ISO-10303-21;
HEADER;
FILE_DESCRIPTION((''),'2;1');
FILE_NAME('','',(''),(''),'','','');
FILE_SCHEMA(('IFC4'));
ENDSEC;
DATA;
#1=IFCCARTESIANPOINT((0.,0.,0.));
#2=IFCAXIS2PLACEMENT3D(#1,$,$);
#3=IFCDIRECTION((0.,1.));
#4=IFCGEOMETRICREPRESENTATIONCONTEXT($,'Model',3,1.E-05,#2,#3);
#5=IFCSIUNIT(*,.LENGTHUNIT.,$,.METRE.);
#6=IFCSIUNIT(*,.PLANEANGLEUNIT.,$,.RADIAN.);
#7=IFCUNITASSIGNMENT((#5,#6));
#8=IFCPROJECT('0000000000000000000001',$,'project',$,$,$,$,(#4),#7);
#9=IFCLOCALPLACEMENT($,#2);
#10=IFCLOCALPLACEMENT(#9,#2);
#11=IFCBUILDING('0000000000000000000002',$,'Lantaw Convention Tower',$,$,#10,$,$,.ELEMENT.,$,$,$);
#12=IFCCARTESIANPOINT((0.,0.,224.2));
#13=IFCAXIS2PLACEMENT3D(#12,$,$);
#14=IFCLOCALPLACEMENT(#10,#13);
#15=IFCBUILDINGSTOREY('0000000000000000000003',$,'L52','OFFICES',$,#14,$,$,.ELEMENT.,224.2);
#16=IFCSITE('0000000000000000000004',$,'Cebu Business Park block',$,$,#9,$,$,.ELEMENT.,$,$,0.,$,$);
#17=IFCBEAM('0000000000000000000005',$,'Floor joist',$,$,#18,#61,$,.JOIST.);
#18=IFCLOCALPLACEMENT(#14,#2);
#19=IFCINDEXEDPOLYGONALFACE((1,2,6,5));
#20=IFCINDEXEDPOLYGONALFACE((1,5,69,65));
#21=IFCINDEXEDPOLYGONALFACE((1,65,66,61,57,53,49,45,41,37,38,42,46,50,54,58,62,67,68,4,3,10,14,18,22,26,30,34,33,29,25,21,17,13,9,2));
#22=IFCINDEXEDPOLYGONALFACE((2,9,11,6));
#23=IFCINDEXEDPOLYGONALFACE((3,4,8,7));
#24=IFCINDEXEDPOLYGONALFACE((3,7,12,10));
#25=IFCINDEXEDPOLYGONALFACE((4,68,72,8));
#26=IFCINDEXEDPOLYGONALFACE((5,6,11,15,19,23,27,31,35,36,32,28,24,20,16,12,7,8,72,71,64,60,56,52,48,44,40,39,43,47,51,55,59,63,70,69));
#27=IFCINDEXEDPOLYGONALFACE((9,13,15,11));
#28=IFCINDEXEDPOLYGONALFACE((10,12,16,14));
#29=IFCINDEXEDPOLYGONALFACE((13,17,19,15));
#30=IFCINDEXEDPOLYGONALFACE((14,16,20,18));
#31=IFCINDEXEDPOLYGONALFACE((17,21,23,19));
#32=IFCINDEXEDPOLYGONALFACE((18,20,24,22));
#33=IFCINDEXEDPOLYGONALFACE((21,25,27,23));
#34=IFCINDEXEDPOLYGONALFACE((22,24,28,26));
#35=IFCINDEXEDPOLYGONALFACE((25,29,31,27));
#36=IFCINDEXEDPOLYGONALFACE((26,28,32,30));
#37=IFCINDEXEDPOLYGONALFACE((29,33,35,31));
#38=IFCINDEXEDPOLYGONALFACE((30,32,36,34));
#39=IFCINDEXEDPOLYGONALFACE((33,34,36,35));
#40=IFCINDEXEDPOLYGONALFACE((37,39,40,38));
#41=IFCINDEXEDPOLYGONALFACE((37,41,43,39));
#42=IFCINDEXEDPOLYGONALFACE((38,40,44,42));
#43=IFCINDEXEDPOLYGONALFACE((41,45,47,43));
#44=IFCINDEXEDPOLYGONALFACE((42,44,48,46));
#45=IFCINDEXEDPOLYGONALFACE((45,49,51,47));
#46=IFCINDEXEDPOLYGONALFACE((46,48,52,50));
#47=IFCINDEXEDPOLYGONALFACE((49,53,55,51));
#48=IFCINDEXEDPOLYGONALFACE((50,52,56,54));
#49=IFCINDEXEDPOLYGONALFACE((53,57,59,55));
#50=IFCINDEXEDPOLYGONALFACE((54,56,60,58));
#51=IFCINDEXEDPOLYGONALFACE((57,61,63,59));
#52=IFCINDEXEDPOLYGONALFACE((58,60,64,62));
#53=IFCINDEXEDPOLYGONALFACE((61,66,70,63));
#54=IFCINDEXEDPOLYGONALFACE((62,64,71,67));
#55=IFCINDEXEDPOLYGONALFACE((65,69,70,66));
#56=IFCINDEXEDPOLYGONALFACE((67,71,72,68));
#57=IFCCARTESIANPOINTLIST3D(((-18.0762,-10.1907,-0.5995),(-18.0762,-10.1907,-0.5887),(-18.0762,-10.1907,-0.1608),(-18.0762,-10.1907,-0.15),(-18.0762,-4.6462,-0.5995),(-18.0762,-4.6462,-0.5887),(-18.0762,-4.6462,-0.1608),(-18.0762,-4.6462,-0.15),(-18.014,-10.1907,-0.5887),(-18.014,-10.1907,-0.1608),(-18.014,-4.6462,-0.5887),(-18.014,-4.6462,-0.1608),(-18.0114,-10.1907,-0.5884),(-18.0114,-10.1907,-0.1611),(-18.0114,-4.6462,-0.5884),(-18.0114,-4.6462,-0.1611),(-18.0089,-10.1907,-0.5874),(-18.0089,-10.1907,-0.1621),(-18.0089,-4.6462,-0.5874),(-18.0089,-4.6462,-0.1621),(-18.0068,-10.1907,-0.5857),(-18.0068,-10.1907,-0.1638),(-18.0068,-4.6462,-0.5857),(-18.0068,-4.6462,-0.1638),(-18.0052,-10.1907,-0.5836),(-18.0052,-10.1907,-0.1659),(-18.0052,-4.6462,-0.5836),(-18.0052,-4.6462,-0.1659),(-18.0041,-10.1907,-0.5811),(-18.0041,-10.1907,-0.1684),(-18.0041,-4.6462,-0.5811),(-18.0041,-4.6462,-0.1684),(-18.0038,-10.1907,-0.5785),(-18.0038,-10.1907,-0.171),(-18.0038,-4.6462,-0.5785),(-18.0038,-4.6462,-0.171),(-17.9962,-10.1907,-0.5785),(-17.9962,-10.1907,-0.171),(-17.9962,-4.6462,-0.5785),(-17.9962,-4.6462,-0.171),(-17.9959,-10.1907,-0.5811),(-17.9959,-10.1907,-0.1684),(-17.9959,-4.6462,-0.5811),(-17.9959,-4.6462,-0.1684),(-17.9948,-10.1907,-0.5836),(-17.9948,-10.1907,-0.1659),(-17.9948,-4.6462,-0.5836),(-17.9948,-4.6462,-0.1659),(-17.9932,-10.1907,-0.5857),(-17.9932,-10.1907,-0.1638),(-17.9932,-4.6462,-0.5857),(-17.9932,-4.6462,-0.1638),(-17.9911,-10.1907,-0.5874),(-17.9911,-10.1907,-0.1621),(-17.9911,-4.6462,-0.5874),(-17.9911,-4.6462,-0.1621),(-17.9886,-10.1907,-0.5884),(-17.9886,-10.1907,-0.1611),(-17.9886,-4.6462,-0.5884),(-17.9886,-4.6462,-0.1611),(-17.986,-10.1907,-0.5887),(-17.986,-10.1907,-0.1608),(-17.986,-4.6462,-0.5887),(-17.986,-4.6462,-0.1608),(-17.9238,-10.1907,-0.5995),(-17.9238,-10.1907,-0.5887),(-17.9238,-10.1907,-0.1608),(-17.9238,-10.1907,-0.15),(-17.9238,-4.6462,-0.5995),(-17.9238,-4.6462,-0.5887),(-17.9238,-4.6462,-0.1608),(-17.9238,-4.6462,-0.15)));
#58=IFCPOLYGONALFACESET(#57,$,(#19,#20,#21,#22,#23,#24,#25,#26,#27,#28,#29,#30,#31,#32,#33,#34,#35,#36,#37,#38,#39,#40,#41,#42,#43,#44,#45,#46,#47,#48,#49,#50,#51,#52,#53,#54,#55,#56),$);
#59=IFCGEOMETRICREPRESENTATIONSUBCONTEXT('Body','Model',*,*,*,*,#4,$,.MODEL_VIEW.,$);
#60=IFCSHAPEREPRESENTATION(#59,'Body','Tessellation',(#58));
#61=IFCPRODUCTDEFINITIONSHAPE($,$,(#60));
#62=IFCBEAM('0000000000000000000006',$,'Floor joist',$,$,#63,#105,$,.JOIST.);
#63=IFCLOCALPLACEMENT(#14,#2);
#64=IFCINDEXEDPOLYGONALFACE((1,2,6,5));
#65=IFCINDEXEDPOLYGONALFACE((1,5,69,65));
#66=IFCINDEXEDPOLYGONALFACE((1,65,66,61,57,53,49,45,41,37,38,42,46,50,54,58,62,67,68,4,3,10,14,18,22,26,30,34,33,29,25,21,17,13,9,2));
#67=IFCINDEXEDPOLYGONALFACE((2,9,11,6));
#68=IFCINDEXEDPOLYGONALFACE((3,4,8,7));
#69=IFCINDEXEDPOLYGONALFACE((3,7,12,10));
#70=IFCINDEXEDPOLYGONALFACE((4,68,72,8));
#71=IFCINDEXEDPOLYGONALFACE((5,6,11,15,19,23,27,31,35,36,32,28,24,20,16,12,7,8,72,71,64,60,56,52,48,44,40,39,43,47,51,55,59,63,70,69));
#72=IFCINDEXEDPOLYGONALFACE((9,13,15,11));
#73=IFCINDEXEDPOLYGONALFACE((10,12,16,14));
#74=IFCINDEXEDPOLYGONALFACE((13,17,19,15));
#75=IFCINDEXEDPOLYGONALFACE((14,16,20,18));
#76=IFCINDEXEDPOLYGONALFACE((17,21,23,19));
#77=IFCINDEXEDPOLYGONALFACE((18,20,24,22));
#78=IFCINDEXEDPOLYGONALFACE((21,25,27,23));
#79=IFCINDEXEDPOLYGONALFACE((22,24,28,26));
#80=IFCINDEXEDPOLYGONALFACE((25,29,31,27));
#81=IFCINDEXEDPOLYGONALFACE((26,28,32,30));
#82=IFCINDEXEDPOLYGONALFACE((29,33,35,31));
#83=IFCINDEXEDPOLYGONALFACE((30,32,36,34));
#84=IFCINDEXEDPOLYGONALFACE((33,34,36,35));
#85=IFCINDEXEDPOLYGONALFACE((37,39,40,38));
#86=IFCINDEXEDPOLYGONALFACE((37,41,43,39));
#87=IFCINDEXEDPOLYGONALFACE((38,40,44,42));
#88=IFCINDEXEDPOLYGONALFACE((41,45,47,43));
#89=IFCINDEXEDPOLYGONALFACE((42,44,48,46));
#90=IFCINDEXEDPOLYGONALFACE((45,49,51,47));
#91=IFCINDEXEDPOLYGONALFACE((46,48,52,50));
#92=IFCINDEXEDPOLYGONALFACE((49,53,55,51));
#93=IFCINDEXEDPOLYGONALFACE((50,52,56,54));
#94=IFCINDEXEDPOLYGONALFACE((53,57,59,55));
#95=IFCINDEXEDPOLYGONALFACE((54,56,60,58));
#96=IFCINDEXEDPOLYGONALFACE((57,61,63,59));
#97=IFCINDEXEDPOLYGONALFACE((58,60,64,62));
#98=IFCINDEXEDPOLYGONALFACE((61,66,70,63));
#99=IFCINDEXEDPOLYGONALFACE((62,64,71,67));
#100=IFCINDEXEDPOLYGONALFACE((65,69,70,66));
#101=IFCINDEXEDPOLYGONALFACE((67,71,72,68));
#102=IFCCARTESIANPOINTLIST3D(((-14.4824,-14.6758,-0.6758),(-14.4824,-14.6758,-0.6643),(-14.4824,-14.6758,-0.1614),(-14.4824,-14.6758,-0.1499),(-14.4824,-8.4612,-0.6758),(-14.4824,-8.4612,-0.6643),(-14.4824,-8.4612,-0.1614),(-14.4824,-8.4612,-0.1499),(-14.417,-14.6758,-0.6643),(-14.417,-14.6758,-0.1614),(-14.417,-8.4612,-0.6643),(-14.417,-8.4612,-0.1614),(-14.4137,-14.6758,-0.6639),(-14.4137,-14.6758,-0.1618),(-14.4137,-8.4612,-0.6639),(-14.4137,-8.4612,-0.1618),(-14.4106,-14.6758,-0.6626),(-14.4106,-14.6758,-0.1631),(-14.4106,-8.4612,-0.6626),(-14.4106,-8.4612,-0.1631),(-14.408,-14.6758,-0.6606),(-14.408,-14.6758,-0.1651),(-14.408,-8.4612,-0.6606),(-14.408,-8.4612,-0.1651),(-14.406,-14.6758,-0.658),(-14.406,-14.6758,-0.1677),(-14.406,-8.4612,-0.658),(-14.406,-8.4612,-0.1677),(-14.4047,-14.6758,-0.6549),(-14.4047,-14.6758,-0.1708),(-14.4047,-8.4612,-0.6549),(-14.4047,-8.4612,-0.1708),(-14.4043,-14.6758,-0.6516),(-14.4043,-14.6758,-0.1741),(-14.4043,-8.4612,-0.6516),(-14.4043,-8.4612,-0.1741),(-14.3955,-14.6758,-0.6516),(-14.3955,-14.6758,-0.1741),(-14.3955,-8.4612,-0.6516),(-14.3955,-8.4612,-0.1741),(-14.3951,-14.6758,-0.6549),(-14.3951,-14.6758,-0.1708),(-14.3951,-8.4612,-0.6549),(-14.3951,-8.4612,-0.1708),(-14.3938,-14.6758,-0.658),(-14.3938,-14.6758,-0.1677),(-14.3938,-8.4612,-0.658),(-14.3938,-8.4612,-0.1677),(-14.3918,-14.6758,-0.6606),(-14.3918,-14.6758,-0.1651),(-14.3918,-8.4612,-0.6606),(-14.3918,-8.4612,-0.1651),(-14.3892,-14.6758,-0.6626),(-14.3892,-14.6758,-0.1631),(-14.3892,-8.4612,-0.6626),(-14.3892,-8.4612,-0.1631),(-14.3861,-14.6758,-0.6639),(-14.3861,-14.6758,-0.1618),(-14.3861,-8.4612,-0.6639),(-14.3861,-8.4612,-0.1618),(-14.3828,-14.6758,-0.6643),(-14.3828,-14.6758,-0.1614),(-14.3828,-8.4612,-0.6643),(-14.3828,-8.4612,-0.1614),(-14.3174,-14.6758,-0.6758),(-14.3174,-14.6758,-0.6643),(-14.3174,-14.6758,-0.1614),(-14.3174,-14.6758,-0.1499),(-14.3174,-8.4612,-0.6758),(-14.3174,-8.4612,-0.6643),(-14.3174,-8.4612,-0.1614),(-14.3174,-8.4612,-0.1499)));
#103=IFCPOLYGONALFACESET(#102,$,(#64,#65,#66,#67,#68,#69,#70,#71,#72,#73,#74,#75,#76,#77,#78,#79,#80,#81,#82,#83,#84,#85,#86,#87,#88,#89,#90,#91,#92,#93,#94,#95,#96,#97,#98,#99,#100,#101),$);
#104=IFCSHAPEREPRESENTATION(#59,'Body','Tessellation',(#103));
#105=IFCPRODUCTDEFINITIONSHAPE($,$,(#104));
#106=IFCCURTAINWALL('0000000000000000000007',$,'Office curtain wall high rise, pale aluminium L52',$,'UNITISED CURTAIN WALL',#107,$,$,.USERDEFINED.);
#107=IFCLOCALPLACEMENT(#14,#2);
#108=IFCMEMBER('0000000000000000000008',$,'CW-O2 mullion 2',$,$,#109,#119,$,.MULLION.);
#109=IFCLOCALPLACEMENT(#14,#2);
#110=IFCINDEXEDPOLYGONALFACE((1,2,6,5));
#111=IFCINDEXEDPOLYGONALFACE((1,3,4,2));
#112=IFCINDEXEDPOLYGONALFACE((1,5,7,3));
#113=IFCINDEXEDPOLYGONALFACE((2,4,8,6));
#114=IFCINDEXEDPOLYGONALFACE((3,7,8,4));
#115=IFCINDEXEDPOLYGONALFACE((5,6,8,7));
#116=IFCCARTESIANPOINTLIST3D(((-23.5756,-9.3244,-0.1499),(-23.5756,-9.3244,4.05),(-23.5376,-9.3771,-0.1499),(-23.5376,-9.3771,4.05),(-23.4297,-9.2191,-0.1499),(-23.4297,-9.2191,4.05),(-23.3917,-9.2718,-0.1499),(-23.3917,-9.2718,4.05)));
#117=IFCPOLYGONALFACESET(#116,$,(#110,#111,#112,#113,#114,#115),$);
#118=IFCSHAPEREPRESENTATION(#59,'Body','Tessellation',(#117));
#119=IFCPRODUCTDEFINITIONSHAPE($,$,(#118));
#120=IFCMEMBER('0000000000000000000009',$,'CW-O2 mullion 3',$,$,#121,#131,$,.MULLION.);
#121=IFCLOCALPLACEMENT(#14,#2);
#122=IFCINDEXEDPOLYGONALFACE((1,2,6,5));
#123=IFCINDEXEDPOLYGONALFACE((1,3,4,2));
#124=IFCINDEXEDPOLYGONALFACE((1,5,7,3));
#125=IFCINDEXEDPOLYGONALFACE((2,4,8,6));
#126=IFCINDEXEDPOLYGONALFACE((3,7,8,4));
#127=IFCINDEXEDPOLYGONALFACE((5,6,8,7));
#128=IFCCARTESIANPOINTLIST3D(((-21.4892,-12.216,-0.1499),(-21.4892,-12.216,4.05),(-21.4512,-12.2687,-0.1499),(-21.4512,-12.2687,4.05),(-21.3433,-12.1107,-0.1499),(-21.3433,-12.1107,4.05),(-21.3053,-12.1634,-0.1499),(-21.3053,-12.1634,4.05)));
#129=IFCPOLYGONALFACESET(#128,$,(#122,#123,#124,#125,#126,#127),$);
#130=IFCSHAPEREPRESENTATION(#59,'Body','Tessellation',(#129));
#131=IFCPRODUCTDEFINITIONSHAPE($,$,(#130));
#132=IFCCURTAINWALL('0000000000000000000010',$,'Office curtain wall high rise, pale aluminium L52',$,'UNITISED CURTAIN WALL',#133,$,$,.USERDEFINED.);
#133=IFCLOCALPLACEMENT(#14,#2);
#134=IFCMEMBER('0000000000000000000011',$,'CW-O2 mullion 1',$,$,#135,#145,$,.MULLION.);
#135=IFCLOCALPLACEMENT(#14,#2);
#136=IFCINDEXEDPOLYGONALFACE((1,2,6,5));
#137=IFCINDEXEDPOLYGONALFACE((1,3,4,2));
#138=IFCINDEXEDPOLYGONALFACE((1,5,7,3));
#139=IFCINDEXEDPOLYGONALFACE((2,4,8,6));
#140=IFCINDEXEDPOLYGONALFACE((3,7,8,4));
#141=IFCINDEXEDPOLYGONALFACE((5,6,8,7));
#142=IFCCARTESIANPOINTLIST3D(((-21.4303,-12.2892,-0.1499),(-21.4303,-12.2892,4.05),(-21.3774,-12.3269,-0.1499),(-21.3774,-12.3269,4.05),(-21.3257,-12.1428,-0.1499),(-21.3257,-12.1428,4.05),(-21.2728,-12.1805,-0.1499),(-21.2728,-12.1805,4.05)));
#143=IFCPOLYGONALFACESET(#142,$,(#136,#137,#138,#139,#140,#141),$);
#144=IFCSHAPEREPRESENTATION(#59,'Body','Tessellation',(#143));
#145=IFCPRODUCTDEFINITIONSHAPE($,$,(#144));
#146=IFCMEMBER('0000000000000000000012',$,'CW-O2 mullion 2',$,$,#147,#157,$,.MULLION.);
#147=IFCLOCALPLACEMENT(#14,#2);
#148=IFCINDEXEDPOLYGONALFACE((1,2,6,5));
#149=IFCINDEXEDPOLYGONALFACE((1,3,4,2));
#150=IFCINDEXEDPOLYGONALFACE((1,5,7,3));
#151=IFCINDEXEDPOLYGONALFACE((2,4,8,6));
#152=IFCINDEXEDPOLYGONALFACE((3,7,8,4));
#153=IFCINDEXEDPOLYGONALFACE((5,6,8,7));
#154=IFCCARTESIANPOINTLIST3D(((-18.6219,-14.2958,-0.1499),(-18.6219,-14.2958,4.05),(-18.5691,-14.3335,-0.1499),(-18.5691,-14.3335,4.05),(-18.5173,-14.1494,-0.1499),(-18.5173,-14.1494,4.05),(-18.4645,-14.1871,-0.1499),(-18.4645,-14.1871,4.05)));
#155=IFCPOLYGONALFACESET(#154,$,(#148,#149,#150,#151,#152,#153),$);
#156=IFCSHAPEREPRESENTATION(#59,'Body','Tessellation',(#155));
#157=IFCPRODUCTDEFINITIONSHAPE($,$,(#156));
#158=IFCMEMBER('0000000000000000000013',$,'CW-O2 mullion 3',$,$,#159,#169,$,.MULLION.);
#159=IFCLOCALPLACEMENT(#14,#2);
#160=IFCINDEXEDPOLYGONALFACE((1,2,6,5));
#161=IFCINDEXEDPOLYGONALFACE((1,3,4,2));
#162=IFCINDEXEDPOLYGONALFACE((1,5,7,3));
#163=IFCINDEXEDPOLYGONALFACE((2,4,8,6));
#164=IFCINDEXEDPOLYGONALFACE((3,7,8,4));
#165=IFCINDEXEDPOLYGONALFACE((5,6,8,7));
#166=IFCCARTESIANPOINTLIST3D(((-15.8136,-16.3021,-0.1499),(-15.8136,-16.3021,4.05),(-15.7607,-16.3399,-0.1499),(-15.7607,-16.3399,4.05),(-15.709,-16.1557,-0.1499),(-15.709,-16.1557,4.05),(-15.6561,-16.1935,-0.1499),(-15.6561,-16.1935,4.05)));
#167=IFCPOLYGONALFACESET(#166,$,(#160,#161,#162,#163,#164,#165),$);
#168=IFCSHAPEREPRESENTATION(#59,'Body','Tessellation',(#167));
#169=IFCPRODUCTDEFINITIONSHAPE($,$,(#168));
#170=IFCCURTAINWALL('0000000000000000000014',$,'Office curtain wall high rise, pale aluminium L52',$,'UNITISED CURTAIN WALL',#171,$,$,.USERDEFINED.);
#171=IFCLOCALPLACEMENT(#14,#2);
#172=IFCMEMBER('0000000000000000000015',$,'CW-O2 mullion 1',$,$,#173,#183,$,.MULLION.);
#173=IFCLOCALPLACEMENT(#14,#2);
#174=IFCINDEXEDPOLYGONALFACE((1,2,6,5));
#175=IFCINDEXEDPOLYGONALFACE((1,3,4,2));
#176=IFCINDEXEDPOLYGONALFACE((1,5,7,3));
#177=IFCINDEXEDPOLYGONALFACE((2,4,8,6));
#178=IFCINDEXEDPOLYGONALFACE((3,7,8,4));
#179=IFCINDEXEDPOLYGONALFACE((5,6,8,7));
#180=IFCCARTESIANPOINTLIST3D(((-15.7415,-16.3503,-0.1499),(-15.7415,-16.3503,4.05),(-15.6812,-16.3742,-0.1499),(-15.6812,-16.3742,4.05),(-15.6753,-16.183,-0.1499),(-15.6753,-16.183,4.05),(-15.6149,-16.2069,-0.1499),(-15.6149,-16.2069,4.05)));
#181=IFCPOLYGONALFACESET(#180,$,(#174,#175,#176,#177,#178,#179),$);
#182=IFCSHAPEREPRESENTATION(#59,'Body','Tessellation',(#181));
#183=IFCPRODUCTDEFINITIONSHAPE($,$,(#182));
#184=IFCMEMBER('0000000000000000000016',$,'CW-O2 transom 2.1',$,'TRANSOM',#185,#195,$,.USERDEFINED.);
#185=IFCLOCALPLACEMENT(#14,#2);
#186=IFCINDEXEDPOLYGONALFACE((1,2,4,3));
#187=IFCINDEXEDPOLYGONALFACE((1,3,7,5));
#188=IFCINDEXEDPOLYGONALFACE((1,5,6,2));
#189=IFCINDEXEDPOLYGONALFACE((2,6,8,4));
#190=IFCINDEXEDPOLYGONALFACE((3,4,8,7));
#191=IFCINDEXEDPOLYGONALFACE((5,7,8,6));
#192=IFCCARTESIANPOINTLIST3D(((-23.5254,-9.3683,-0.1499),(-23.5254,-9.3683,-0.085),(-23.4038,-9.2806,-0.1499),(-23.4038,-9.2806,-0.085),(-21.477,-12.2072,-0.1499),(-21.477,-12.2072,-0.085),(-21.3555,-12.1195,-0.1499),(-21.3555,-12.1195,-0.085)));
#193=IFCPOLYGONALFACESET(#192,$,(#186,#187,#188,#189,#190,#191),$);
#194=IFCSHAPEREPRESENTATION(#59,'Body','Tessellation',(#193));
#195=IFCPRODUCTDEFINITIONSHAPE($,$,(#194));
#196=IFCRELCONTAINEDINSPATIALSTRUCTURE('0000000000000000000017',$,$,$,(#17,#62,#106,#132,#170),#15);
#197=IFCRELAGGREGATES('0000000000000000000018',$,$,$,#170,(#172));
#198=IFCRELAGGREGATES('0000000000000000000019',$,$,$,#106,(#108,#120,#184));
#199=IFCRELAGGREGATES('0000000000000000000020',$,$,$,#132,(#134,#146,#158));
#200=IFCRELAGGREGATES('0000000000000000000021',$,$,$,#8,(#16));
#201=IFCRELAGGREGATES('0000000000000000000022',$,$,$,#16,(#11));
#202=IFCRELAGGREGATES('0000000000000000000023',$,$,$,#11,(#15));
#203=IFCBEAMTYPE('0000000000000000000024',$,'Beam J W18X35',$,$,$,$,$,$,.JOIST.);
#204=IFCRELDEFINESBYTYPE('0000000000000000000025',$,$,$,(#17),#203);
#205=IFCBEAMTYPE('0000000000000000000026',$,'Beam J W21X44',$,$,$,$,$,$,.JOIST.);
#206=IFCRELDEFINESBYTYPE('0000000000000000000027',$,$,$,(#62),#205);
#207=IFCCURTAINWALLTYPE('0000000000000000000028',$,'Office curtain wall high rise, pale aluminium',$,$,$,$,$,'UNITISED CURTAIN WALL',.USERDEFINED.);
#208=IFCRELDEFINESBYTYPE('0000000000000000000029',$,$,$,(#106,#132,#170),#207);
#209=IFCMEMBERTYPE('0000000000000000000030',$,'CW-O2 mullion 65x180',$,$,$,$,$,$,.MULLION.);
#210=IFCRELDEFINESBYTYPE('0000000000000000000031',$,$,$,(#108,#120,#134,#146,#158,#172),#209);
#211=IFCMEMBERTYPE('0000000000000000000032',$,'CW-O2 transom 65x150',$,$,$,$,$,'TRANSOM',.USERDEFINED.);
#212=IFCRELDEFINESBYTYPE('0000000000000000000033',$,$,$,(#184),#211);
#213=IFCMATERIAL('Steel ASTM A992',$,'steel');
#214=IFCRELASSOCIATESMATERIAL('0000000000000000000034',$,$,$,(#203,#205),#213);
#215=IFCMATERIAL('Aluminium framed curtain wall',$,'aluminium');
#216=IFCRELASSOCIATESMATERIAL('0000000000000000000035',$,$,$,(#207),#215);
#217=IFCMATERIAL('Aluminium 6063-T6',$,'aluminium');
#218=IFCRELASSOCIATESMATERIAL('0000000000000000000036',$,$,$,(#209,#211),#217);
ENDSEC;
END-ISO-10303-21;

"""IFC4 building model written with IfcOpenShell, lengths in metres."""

from ifc_helpers import new_model, si_unit, direction, frame, origin, origin_2d, place, context, subcontext, project, spatial, rectangle, i_section, extrude, material, material_profile, profile_set, type_object, element, aggregate, save


model = new_model("IFC4")

# Units and contexts
model_context = context("Model", 3, precision=1e-05, world=origin(), true_north=direction((0.0, 1.0)))
body_context = subcontext(model_context, "Body", "Model", "MODEL_VIEW")
ifc_project = project(units=[si_unit("LENGTHUNIT", "METRE"), si_unit("PLANEANGLEUNIT", "RADIAN")], contexts=[model_context])

# Site, building, storey
site_placement = place(None, origin())
site = spatial("IfcSite", under=ifc_project, at=site_placement, Name="Cebu Business Park block", CompositionType="ELEMENT", RefElevation=0.0)
building_placement = place(site_placement, origin())
building = spatial("IfcBuilding", under=site, at=building_placement, Name="Lantaw Convention Tower", CompositionType="ELEMENT")
storey_placement = place(building_placement, frame((0.0, 0.0, 224.2)))
storey = spatial("IfcBuildingStorey", under=building, at=storey_placement, Name="L52", Description="OFFICES", CompositionType="ELEMENT", Elevation=224.2)

# Beams
ifc_material_1 = material(Name="Steel ASTM A992", Category="steel")
ifc_material_profile_1 = material_profile(ifc_material_1, i_section(OverallWidth=0.1523, OverallDepth=0.4495, WebThickness=0.0076, FlangeThickness=0.0107, FilletRadius=0.0103, at=origin_2d()), Name="W18X35")
ifc_profile_set_1 = profile_set([ifc_material_profile_1], Name="Steel ASTM A992")
beam_type_1 = type_object("IfcBeamType", Name="Beam J W18X35", PredefinedType="JOIST", material=ifc_profile_set_1)
beam_1_placement = place(storey_placement, frame((-18.0, -10.1907, -0.3748), z_axis=(0.0, 1.0, 0.0), x_axis=(-1.0, 0.0, 0.0)))
element("IfcBeam", 1, at=beam_1_placement, inside=storey, type_object=beam_type_1, Name="Floor joist", PredefinedType="JOIST", context=body_context, shape_type="SweptSolid", body=[
    extrude(i_section(OverallWidth=0.1523, OverallDepth=0.4495, WebThickness=0.0076, FlangeThickness=0.0107, FilletRadius=0.0103, at=origin_2d()), origin(), (0.0, 0.0, 1.0), 5.5444),
])
ifc_material_profile_2 = material_profile(ifc_material_1, i_section(OverallWidth=0.165, OverallDepth=0.5259, WebThickness=0.0088, FlangeThickness=0.0115, FilletRadius=0.0127, at=origin_2d()), Name="W21X44")
ifc_profile_set_2 = profile_set([ifc_material_profile_2], Name="Steel ASTM A992")
beam_type_2 = type_object("IfcBeamType", Name="Beam J W21X44", PredefinedType="JOIST", material=ifc_profile_set_2)
beam_2_placement = place(storey_placement, frame((-14.3999, -14.6758, -0.4128), z_axis=(0.0, 1.0, 0.0), x_axis=(-1.0, 0.0, 0.0)))
element("IfcBeam", 2, at=beam_2_placement, inside=storey, type_object=beam_type_2, Name="Floor joist", PredefinedType="JOIST", context=body_context, shape_type="SweptSolid", body=[
    extrude(i_section(OverallWidth=0.165, OverallDepth=0.5259, WebThickness=0.0088, FlangeThickness=0.0115, FilletRadius=0.0127, at=origin_2d()), origin(), (0.0, 0.0, 1.0), 6.2146),
])

# Curtain walls, members
ifc_material_2 = material(Name="Aluminium framed curtain wall", Category="aluminium")
curtain_wall_type = type_object("IfcCurtainWallType", Name="Office curtain wall high rise, pale aluminium", ElementType="UNITISED CURTAIN WALL", PredefinedType="USERDEFINED", material=ifc_material_2)
curtain_wall_1_placement = place(storey_placement, origin())
curtain_wall_1 = element("IfcCurtainWall", 3, at=curtain_wall_1_placement, inside=storey, type_object=curtain_wall_type, Name="Office curtain wall high rise, pale aluminium L52", ObjectType="UNITISED CURTAIN WALL", PredefinedType="USERDEFINED")
ifc_material_3 = material(Name="Aluminium 6063-T6", Category="aluminium")
ifc_material_profile_3 = material_profile(ifc_material_3, rectangle(XDim=0.1799, YDim=0.0649, at=origin_2d()), Name="CW-O2 mullion 65x180")
ifc_profile_set_3 = profile_set([ifc_material_profile_3], Name="Aluminium 6063-T6")
member_type_1 = type_object("IfcMemberType", Name="CW-O2 mullion 65x180", PredefinedType="MULLION", material=ifc_profile_set_3)
member_1_placement = place(storey_placement, frame((-23.4836, -9.2981, -0.1499), z_axis=(0.0, 0.0, 1.0), x_axis=(0.81092, 0.585158, 0.0)))
member_1 = element("IfcMember", 4, at=member_1_placement, type_object=member_type_1, Name="CW-O2 mullion 2", PredefinedType="MULLION", context=body_context, shape_type="SweptSolid", body=[
    extrude(rectangle(XDim=0.1799, YDim=0.0649, at=origin_2d()), origin(), (0.0, 0.0, 1.0), 4.2),
])
member_2_placement = place(storey_placement, frame((-21.3972, -12.1897, -0.1499), z_axis=(0.0, 0.0, 1.0), x_axis=(0.81092, 0.585158, 0.0)))
member_2 = element("IfcMember", 5, at=member_2_placement, type_object=member_type_1, Name="CW-O2 mullion 3", PredefinedType="MULLION", context=body_context, shape_type="SweptSolid", body=[
    extrude(rectangle(XDim=0.1799, YDim=0.0649, at=origin_2d()), origin(), (0.0, 0.0, 1.0), 4.2),
])
curtain_wall_2_placement = place(storey_placement, origin())
curtain_wall_2 = element("IfcCurtainWall", 6, at=curtain_wall_2_placement, inside=storey, type_object=curtain_wall_type, Name="Office curtain wall high rise, pale aluminium L52", ObjectType="UNITISED CURTAIN WALL", PredefinedType="USERDEFINED")
member_3_placement = place(storey_placement, frame((-21.3516, -12.2349, -0.1499), z_axis=(0.0, 0.0, 1.0), x_axis=(0.581323, 0.813673, 0.0)))
member_3 = element("IfcMember", 7, at=member_3_placement, type_object=member_type_1, Name="CW-O2 mullion 1", PredefinedType="MULLION", context=body_context, shape_type="SweptSolid", body=[
    extrude(rectangle(XDim=0.1799, YDim=0.0649, at=origin_2d()), origin(), (0.0, 0.0, 1.0), 4.2),
])
member_4_placement = place(storey_placement, frame((-18.5432, -14.2415, -0.1499), z_axis=(0.0, 0.0, 1.0), x_axis=(0.581323, 0.813673, 0.0)))
member_4 = element("IfcMember", 8, at=member_4_placement, type_object=member_type_1, Name="CW-O2 mullion 2", PredefinedType="MULLION", context=body_context, shape_type="SweptSolid", body=[
    extrude(rectangle(XDim=0.1799, YDim=0.0649, at=origin_2d()), origin(), (0.0, 0.0, 1.0), 4.2),
])
member_5_placement = place(storey_placement, frame((-15.7349, -16.2478, -0.1499), z_axis=(0.0, 0.0, 1.0), x_axis=(0.581323, 0.813673, 0.0)))
member_5 = element("IfcMember", 9, at=member_5_placement, type_object=member_type_1, Name="CW-O2 mullion 3", PredefinedType="MULLION", context=body_context, shape_type="SweptSolid", body=[
    extrude(rectangle(XDim=0.1799, YDim=0.0649, at=origin_2d()), origin(), (0.0, 0.0, 1.0), 4.2),
])

# Curtain wall, member
curtain_wall_3_placement = place(storey_placement, origin())
curtain_wall_3 = element("IfcCurtainWall", 10, at=curtain_wall_3_placement, inside=storey, type_object=curtain_wall_type, Name="Office curtain wall high rise, pale aluminium L52", ObjectType="UNITISED CURTAIN WALL", PredefinedType="USERDEFINED")
member_6_placement = place(storey_placement, frame((-15.6782, -16.2786, -0.1499), z_axis=(0.0, 0.0, 1.0), x_axis=(0.368162, 0.929762, 0.0)))
member_6 = element("IfcMember", 11, at=member_6_placement, type_object=member_type_1, Name="CW-O2 mullion 1", PredefinedType="MULLION", context=body_context, shape_type="SweptSolid", body=[
    extrude(rectangle(XDim=0.1799, YDim=0.0649, at=origin_2d()), origin(), (0.0, 0.0, 1.0), 4.2),
])

# Member
ifc_material_profile_4 = material_profile(ifc_material_3, rectangle(XDim=0.1499, YDim=0.0649, at=origin_2d()), Name="CW-O2 transom 65x150")
ifc_profile_set_4 = profile_set([ifc_material_profile_4], Name="Aluminium 6063-T6")
member_type_2 = type_object("IfcMemberType", Name="CW-O2 transom 65x150", ElementType="TRANSOM", PredefinedType="USERDEFINED", material=ifc_profile_set_4)
member_7_placement = place(storey_placement, frame((-23.4646, -9.3245, -0.1174), z_axis=(0.585124, -0.810944, 0.0), x_axis=(0.810944, 0.585124, 0.0)))
member_7 = element("IfcMember", 12, at=member_7_placement, type_object=member_type_2, Name="CW-O2 transom 2.1", ObjectType="TRANSOM", PredefinedType="USERDEFINED", context=body_context, shape_type="SweptSolid", body=[
    extrude(rectangle(XDim=0.1499, YDim=0.0649, at=origin_2d()), origin(), (0.0, 0.0, 1.0), 3.5007),
])
aggregate(curtain_wall_3, [member_6])

aggregate(curtain_wall_1, [member_1, member_2, member_7])
aggregate(curtain_wall_2, [member_3, member_4, member_5])

save(model, "model.ifc")
